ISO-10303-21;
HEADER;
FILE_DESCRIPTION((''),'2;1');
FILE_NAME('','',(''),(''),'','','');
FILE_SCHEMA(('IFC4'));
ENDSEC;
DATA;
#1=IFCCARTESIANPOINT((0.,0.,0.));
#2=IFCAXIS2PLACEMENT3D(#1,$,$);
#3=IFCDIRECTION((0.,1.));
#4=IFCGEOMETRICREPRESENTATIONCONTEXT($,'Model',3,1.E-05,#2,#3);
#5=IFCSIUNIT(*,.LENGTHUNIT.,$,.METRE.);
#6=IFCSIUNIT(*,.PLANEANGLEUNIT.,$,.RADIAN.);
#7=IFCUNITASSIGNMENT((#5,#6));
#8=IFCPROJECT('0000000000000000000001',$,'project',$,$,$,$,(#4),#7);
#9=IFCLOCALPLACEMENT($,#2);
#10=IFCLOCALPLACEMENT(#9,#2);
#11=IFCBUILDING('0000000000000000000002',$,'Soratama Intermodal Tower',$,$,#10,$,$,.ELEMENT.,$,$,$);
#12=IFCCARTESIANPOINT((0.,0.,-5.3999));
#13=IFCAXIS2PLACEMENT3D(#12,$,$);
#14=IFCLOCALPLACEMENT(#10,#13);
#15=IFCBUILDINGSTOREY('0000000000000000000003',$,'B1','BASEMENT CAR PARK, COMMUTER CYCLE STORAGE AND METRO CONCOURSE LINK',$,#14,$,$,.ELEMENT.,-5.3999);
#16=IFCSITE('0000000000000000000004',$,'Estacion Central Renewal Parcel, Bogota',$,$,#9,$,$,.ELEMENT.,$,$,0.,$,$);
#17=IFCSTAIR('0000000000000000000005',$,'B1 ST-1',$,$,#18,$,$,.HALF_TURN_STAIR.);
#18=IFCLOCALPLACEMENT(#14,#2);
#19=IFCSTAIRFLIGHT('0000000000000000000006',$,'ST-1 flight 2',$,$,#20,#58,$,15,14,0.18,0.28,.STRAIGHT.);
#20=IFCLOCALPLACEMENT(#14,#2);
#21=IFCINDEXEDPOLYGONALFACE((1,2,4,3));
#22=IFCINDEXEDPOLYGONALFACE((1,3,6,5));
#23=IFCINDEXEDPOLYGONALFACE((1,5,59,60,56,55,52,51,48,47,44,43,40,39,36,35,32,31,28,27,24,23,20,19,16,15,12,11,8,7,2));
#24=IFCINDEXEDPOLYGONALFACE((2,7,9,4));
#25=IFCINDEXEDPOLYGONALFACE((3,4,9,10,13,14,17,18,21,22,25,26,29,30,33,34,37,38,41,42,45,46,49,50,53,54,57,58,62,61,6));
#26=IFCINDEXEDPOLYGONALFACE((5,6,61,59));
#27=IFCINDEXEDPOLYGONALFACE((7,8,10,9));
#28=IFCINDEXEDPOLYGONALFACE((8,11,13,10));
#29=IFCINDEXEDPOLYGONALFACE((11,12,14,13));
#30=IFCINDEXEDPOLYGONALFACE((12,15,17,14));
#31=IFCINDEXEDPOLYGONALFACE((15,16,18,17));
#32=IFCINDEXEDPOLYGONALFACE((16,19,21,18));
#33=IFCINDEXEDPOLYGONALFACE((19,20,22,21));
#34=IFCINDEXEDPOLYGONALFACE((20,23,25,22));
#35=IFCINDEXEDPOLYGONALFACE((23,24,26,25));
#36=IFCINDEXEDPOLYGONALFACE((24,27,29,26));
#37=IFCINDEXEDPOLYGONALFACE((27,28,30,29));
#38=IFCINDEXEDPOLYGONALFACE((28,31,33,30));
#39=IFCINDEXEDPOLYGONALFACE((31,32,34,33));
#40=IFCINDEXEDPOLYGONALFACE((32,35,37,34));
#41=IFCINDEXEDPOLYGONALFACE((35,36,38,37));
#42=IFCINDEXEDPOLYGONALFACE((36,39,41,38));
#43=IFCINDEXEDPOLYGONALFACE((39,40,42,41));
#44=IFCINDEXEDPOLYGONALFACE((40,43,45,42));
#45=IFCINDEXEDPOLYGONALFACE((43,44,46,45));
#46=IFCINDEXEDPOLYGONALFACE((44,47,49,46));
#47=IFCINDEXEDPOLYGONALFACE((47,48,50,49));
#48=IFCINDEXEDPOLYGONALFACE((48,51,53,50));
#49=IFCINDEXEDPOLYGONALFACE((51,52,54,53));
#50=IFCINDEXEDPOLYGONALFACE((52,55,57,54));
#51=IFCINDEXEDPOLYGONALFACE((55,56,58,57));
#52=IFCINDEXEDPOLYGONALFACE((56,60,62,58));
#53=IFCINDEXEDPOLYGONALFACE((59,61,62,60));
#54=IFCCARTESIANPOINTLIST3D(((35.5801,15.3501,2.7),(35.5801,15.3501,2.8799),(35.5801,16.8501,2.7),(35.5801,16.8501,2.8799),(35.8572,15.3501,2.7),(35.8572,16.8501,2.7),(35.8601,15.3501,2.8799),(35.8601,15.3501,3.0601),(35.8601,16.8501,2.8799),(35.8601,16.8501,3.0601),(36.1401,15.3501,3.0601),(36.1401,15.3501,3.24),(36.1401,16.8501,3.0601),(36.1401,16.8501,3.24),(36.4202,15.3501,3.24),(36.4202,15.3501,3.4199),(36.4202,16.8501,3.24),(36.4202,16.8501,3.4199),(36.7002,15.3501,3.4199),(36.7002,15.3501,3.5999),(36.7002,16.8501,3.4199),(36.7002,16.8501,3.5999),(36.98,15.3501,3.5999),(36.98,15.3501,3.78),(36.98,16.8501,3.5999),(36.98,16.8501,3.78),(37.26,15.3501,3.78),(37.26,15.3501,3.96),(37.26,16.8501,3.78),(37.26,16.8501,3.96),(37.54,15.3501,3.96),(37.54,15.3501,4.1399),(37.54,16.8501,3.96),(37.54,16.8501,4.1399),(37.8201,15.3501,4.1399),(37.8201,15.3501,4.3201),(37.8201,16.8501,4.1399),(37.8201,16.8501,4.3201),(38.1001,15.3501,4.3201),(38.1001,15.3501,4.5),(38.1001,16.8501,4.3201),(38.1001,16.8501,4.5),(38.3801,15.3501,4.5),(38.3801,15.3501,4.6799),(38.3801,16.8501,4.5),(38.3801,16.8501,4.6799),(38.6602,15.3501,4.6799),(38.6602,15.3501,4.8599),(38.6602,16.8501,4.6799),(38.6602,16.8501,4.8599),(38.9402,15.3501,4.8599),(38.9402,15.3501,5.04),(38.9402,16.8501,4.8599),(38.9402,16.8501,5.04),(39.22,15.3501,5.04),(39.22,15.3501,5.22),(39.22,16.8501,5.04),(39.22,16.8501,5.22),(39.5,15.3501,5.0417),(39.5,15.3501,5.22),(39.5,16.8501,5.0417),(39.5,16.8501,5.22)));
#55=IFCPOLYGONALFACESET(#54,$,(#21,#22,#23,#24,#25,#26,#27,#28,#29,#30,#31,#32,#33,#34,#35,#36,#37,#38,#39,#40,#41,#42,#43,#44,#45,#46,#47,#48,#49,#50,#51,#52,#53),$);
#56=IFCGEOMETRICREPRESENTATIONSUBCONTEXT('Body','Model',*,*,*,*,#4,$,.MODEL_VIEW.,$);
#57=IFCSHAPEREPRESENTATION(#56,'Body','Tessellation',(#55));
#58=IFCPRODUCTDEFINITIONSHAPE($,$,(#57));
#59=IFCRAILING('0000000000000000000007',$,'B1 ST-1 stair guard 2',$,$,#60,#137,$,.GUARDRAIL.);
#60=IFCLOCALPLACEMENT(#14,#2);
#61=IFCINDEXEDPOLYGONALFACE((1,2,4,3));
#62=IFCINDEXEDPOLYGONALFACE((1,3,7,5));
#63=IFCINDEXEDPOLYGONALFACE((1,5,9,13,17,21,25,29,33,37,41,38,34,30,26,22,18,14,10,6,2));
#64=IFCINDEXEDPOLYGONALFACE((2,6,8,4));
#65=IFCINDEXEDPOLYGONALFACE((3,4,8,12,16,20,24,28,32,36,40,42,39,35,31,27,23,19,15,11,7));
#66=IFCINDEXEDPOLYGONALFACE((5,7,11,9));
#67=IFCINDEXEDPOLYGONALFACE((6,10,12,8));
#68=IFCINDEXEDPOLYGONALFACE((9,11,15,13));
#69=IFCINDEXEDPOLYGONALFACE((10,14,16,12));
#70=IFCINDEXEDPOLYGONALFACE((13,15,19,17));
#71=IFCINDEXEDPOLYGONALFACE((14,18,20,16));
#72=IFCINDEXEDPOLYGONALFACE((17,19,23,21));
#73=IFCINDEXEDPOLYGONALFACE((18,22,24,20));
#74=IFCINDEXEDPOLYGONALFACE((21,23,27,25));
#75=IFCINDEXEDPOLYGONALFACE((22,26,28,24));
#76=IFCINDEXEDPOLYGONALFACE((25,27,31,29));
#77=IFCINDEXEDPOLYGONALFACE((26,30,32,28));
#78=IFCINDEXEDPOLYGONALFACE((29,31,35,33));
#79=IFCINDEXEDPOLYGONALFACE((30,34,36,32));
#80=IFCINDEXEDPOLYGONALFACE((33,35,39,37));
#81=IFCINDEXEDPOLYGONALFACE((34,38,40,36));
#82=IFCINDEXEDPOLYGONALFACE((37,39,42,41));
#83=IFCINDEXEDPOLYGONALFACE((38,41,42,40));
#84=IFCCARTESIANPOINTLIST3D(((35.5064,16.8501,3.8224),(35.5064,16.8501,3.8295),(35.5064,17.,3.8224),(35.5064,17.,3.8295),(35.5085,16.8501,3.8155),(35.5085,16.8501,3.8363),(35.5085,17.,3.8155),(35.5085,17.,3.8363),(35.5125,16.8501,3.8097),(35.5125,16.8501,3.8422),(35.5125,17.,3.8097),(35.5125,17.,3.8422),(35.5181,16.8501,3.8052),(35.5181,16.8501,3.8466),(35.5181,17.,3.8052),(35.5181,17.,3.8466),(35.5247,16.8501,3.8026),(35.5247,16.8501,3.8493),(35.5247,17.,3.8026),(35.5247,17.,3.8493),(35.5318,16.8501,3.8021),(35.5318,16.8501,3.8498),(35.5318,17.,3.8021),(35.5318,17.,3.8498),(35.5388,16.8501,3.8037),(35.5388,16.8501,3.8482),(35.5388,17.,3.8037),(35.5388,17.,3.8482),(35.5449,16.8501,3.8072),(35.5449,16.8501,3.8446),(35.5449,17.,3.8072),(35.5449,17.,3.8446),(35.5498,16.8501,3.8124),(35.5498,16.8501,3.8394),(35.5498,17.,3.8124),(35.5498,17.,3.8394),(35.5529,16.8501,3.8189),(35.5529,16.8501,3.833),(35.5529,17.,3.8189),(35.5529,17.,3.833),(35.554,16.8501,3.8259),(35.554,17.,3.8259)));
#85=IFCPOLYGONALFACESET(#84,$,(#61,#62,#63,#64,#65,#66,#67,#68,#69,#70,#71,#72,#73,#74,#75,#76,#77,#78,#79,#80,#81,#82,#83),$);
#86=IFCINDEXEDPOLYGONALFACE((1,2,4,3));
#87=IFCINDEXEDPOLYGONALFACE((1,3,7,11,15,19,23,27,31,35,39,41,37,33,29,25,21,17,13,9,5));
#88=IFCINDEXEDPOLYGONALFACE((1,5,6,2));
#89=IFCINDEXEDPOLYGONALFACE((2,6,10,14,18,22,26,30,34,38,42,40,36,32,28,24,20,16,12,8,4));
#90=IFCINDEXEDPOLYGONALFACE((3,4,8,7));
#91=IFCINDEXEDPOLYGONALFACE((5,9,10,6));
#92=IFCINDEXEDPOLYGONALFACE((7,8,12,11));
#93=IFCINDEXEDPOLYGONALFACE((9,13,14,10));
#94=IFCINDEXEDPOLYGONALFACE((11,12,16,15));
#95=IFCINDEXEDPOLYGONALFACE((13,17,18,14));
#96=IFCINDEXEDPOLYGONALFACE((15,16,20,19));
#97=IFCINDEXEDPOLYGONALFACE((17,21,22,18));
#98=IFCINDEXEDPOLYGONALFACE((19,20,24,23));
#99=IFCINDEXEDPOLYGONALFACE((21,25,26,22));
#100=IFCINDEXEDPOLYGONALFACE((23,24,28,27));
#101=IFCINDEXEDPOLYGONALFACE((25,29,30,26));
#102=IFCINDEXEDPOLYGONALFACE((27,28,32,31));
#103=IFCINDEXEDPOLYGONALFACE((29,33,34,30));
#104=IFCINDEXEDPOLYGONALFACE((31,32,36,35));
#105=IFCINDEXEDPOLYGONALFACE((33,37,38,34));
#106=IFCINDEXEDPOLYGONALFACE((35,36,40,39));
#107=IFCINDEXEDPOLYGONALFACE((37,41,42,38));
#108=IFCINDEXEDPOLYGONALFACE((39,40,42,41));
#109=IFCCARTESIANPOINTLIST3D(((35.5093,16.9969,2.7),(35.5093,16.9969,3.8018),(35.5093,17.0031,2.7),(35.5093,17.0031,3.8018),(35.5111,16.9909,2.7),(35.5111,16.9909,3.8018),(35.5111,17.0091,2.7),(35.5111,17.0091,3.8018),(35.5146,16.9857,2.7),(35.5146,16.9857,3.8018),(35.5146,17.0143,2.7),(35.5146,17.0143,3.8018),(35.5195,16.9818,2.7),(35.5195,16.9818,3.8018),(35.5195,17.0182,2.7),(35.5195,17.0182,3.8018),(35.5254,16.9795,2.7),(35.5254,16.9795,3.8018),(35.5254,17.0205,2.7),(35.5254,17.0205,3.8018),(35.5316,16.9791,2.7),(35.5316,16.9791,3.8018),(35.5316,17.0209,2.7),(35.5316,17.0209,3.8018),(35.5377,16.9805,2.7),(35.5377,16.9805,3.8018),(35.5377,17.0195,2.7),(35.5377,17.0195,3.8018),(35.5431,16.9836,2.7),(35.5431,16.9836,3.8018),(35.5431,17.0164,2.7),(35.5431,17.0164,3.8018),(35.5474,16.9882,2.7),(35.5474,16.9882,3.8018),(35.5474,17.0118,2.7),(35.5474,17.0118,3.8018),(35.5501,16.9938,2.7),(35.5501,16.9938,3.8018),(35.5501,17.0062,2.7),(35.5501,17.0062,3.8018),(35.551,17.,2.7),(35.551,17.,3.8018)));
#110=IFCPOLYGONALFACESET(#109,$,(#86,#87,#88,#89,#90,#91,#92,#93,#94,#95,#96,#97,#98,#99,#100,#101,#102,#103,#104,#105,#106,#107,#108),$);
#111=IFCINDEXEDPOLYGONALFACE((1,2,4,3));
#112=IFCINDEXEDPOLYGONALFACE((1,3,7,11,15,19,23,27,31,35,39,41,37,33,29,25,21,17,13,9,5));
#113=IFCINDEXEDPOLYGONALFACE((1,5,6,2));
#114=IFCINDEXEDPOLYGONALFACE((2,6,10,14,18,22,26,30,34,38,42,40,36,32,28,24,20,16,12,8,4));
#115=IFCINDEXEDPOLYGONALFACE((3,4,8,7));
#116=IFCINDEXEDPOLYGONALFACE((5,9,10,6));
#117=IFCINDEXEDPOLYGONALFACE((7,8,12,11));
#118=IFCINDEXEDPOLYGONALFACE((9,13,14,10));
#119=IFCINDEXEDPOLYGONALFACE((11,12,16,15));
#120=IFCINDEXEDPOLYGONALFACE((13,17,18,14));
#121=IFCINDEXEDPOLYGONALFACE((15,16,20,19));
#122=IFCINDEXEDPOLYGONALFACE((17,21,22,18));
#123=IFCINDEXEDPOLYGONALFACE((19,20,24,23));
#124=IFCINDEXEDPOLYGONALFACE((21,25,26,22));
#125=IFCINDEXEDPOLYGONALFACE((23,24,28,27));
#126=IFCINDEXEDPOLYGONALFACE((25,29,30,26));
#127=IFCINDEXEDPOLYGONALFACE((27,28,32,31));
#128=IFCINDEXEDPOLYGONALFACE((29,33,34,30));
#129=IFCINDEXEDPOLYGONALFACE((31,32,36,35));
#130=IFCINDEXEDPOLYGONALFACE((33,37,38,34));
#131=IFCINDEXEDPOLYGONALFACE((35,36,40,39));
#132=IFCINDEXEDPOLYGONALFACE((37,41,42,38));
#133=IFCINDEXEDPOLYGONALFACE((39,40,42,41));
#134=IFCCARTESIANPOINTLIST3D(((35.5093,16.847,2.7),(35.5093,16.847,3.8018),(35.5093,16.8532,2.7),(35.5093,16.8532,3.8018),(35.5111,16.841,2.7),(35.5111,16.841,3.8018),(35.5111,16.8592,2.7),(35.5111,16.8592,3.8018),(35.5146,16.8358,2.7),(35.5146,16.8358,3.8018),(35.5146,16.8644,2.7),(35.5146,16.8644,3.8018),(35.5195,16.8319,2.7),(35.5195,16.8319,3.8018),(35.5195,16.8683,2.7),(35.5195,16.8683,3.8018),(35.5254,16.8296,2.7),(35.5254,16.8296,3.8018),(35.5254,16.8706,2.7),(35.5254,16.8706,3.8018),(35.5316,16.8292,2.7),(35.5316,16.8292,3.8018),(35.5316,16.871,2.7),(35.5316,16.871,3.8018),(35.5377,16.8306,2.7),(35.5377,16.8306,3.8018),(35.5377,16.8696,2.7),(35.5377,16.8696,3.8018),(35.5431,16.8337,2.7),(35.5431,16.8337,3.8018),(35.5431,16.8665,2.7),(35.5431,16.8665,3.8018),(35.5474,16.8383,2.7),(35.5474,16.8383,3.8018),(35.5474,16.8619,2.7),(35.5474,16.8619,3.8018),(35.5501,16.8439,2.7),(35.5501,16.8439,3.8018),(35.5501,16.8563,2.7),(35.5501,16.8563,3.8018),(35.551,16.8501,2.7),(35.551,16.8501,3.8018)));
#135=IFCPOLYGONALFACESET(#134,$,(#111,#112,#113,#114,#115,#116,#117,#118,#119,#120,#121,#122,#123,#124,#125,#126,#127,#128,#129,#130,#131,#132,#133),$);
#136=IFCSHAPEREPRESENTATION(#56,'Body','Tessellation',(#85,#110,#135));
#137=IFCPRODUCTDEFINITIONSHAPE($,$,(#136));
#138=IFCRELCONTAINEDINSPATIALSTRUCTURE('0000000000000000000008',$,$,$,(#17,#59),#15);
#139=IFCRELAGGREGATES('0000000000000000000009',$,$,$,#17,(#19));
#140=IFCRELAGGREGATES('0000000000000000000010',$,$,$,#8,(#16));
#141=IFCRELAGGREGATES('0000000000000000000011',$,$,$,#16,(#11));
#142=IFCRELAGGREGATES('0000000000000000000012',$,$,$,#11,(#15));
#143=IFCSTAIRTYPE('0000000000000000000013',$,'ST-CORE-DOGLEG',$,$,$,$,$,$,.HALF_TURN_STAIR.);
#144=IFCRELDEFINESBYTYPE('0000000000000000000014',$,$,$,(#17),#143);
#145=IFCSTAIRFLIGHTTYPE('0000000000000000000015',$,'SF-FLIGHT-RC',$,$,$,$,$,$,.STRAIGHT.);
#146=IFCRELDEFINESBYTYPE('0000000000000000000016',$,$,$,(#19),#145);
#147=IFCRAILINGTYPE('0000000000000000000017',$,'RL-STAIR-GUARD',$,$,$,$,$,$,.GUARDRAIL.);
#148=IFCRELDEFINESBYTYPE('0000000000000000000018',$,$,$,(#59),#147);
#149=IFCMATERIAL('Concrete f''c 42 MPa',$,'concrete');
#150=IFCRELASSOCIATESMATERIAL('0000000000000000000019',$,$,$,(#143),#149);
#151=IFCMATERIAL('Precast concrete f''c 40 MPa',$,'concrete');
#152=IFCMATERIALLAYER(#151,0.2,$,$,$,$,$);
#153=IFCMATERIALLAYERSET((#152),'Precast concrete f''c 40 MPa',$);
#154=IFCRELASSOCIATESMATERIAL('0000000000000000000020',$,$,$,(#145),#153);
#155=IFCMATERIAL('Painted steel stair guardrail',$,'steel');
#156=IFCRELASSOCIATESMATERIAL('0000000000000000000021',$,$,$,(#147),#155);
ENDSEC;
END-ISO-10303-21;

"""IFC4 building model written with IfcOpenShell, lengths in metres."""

from ifc_helpers import new_model, si_unit, direction, frame, origin, origin_2d, place, context, subcontext, project, spatial, polyline, circle, outline, extrude, material, layer, layer_set, type_object, element, aggregate, save


model = new_model("IFC4")

# Units and contexts
model_context = context("Model", 3, precision=1e-05, world=origin(), true_north=direction((0.0, 1.0)))
body_context = subcontext(model_context, "Body", "Model", "MODEL_VIEW")
ifc_project = project(units=[si_unit("LENGTHUNIT", "METRE"), si_unit("PLANEANGLEUNIT", "RADIAN")], contexts=[model_context])

# Site, building, storey
site_placement = place(None, origin())
site = spatial("IfcSite", under=ifc_project, at=site_placement, Name="Estacion Central Renewal Parcel, Bogota", CompositionType="ELEMENT", RefElevation=0.0)
building_placement = place(site_placement, origin())
building = spatial("IfcBuilding", under=site, at=building_placement, Name="Soratama Intermodal Tower", CompositionType="ELEMENT")
storey_placement = place(building_placement, frame((0.0, 0.0, -5.3999)))
storey = spatial("IfcBuildingStorey", under=building, at=storey_placement, Name="B1", Description="BASEMENT CAR PARK, COMMUTER CYCLE STORAGE AND METRO CONCOURSE LINK", CompositionType="ELEMENT", Elevation=-5.3999)

# Stair, stair flight
ifc_material_1 = material(Name="Concrete f'c 42 MPa", Category="concrete")
stair_type = type_object("IfcStairType", Name="ST-CORE-DOGLEG", PredefinedType="HALF_TURN_STAIR", material=ifc_material_1)
stair_placement = place(storey_placement, origin())
stair = element("IfcStair", 1, at=stair_placement, inside=storey, type_object=stair_type, Name="B1 ST-1", PredefinedType="HALF_TURN_STAIR")
ifc_material_2 = material(Name="Precast concrete f'c 40 MPa", Category="concrete")
ifc_layer_1 = layer(ifc_material_2, 0.2)
ifc_layer_set_1 = layer_set([ifc_layer_1], Name="Precast concrete f'c 40 MPa")
stair_flight_type = type_object("IfcStairFlightType", Name="SF-FLIGHT-RC", PredefinedType="STRAIGHT", material=ifc_layer_set_1)
stair_flight_placement = place(storey_placement, frame((35.5801, 16.1001, 2.7), z_axis=(0.0, 0.0, 1.0), x_axis=(1.0, 0.0, 0.0)))
stair_flight = element("IfcStairFlight", 2, at=stair_flight_placement, type_object=stair_flight_type, Name="ST-1 flight 2", NumberOfRisers=15, NumberOfTreads=14, PredefinedType="STRAIGHT", RiserHeight=0.18, TreadLength=0.28, context=body_context, shape_type="SweptSolid", body=[
    extrude(outline(polyline([(0.0, 0.0), (0.0, 0.1799), (0.28, 0.1799), (0.28, 0.3601), (0.5601, 0.3601), (0.5601, 0.54), (0.8401, 0.54), (0.8401, 0.72), (1.1201, 0.72), (1.1201, 0.8999), (1.3999, 0.8999), (1.3999, 1.0801), (1.6799, 1.0801), (1.6799, 1.26), (1.96, 1.26), (1.96, 1.4399), (2.24, 1.4399), (2.24, 1.6201), (2.52, 1.6201), (2.52, 1.8), (2.8, 1.8), (2.8, 1.98), (3.0801, 1.98), (3.0801, 2.1599), (3.3601, 2.1599), (3.3601, 2.3401), (3.6399, 2.3401), (3.6399, 2.52), (3.9199, 2.52), (3.9199, 2.7), (3.9199, 2.3418), (0.2771, 0.0), (0.0, 0.0)])), frame((0.0, 0.75, 0.0), z_axis=(0.0, -1.0, 0.0), x_axis=(1.0, 0.0, 0.0)), (0.0, 0.0, 1.0), 1.5),
])
aggregate(stair, [stair_flight])

# Railing
ifc_material_3 = material(Name="Painted steel stair guardrail", Category="steel")
railing_type_1 = type_object("IfcRailingType", Name="RL-STAIR-GUARD", PredefinedType="GUARDRAIL", material=ifc_material_3)
railing_1_placement = place(storey_placement, frame((35.53, 17.0, 2.7)))
element("IfcRailing", 3, at=railing_1_placement, inside=storey, type_object=railing_type_1, Name="B1 ST-1 stair guard 2", PredefinedType="GUARDRAIL", context=body_context, shape_type="SweptSolid", body=[
    extrude(circle(Radius=0.0239, at=origin_2d()), frame((0.0, 0.0, 1.126), z_axis=(0.0, -1.0, 0.0), x_axis=(1.0, 0.0, 0.0)), (0.0, 0.0, 1.0), 0.1499),
    extrude(circle(Radius=0.021, at=origin_2d()), origin(), (0.0, 0.0, 1.0), 1.1018),
    extrude(circle(Radius=0.021, at=origin_2d()), frame((0.0, -0.1499, 0.0)), (0.0, 0.0, 1.0), 1.1018),
])

save(model, "model.ifc")
